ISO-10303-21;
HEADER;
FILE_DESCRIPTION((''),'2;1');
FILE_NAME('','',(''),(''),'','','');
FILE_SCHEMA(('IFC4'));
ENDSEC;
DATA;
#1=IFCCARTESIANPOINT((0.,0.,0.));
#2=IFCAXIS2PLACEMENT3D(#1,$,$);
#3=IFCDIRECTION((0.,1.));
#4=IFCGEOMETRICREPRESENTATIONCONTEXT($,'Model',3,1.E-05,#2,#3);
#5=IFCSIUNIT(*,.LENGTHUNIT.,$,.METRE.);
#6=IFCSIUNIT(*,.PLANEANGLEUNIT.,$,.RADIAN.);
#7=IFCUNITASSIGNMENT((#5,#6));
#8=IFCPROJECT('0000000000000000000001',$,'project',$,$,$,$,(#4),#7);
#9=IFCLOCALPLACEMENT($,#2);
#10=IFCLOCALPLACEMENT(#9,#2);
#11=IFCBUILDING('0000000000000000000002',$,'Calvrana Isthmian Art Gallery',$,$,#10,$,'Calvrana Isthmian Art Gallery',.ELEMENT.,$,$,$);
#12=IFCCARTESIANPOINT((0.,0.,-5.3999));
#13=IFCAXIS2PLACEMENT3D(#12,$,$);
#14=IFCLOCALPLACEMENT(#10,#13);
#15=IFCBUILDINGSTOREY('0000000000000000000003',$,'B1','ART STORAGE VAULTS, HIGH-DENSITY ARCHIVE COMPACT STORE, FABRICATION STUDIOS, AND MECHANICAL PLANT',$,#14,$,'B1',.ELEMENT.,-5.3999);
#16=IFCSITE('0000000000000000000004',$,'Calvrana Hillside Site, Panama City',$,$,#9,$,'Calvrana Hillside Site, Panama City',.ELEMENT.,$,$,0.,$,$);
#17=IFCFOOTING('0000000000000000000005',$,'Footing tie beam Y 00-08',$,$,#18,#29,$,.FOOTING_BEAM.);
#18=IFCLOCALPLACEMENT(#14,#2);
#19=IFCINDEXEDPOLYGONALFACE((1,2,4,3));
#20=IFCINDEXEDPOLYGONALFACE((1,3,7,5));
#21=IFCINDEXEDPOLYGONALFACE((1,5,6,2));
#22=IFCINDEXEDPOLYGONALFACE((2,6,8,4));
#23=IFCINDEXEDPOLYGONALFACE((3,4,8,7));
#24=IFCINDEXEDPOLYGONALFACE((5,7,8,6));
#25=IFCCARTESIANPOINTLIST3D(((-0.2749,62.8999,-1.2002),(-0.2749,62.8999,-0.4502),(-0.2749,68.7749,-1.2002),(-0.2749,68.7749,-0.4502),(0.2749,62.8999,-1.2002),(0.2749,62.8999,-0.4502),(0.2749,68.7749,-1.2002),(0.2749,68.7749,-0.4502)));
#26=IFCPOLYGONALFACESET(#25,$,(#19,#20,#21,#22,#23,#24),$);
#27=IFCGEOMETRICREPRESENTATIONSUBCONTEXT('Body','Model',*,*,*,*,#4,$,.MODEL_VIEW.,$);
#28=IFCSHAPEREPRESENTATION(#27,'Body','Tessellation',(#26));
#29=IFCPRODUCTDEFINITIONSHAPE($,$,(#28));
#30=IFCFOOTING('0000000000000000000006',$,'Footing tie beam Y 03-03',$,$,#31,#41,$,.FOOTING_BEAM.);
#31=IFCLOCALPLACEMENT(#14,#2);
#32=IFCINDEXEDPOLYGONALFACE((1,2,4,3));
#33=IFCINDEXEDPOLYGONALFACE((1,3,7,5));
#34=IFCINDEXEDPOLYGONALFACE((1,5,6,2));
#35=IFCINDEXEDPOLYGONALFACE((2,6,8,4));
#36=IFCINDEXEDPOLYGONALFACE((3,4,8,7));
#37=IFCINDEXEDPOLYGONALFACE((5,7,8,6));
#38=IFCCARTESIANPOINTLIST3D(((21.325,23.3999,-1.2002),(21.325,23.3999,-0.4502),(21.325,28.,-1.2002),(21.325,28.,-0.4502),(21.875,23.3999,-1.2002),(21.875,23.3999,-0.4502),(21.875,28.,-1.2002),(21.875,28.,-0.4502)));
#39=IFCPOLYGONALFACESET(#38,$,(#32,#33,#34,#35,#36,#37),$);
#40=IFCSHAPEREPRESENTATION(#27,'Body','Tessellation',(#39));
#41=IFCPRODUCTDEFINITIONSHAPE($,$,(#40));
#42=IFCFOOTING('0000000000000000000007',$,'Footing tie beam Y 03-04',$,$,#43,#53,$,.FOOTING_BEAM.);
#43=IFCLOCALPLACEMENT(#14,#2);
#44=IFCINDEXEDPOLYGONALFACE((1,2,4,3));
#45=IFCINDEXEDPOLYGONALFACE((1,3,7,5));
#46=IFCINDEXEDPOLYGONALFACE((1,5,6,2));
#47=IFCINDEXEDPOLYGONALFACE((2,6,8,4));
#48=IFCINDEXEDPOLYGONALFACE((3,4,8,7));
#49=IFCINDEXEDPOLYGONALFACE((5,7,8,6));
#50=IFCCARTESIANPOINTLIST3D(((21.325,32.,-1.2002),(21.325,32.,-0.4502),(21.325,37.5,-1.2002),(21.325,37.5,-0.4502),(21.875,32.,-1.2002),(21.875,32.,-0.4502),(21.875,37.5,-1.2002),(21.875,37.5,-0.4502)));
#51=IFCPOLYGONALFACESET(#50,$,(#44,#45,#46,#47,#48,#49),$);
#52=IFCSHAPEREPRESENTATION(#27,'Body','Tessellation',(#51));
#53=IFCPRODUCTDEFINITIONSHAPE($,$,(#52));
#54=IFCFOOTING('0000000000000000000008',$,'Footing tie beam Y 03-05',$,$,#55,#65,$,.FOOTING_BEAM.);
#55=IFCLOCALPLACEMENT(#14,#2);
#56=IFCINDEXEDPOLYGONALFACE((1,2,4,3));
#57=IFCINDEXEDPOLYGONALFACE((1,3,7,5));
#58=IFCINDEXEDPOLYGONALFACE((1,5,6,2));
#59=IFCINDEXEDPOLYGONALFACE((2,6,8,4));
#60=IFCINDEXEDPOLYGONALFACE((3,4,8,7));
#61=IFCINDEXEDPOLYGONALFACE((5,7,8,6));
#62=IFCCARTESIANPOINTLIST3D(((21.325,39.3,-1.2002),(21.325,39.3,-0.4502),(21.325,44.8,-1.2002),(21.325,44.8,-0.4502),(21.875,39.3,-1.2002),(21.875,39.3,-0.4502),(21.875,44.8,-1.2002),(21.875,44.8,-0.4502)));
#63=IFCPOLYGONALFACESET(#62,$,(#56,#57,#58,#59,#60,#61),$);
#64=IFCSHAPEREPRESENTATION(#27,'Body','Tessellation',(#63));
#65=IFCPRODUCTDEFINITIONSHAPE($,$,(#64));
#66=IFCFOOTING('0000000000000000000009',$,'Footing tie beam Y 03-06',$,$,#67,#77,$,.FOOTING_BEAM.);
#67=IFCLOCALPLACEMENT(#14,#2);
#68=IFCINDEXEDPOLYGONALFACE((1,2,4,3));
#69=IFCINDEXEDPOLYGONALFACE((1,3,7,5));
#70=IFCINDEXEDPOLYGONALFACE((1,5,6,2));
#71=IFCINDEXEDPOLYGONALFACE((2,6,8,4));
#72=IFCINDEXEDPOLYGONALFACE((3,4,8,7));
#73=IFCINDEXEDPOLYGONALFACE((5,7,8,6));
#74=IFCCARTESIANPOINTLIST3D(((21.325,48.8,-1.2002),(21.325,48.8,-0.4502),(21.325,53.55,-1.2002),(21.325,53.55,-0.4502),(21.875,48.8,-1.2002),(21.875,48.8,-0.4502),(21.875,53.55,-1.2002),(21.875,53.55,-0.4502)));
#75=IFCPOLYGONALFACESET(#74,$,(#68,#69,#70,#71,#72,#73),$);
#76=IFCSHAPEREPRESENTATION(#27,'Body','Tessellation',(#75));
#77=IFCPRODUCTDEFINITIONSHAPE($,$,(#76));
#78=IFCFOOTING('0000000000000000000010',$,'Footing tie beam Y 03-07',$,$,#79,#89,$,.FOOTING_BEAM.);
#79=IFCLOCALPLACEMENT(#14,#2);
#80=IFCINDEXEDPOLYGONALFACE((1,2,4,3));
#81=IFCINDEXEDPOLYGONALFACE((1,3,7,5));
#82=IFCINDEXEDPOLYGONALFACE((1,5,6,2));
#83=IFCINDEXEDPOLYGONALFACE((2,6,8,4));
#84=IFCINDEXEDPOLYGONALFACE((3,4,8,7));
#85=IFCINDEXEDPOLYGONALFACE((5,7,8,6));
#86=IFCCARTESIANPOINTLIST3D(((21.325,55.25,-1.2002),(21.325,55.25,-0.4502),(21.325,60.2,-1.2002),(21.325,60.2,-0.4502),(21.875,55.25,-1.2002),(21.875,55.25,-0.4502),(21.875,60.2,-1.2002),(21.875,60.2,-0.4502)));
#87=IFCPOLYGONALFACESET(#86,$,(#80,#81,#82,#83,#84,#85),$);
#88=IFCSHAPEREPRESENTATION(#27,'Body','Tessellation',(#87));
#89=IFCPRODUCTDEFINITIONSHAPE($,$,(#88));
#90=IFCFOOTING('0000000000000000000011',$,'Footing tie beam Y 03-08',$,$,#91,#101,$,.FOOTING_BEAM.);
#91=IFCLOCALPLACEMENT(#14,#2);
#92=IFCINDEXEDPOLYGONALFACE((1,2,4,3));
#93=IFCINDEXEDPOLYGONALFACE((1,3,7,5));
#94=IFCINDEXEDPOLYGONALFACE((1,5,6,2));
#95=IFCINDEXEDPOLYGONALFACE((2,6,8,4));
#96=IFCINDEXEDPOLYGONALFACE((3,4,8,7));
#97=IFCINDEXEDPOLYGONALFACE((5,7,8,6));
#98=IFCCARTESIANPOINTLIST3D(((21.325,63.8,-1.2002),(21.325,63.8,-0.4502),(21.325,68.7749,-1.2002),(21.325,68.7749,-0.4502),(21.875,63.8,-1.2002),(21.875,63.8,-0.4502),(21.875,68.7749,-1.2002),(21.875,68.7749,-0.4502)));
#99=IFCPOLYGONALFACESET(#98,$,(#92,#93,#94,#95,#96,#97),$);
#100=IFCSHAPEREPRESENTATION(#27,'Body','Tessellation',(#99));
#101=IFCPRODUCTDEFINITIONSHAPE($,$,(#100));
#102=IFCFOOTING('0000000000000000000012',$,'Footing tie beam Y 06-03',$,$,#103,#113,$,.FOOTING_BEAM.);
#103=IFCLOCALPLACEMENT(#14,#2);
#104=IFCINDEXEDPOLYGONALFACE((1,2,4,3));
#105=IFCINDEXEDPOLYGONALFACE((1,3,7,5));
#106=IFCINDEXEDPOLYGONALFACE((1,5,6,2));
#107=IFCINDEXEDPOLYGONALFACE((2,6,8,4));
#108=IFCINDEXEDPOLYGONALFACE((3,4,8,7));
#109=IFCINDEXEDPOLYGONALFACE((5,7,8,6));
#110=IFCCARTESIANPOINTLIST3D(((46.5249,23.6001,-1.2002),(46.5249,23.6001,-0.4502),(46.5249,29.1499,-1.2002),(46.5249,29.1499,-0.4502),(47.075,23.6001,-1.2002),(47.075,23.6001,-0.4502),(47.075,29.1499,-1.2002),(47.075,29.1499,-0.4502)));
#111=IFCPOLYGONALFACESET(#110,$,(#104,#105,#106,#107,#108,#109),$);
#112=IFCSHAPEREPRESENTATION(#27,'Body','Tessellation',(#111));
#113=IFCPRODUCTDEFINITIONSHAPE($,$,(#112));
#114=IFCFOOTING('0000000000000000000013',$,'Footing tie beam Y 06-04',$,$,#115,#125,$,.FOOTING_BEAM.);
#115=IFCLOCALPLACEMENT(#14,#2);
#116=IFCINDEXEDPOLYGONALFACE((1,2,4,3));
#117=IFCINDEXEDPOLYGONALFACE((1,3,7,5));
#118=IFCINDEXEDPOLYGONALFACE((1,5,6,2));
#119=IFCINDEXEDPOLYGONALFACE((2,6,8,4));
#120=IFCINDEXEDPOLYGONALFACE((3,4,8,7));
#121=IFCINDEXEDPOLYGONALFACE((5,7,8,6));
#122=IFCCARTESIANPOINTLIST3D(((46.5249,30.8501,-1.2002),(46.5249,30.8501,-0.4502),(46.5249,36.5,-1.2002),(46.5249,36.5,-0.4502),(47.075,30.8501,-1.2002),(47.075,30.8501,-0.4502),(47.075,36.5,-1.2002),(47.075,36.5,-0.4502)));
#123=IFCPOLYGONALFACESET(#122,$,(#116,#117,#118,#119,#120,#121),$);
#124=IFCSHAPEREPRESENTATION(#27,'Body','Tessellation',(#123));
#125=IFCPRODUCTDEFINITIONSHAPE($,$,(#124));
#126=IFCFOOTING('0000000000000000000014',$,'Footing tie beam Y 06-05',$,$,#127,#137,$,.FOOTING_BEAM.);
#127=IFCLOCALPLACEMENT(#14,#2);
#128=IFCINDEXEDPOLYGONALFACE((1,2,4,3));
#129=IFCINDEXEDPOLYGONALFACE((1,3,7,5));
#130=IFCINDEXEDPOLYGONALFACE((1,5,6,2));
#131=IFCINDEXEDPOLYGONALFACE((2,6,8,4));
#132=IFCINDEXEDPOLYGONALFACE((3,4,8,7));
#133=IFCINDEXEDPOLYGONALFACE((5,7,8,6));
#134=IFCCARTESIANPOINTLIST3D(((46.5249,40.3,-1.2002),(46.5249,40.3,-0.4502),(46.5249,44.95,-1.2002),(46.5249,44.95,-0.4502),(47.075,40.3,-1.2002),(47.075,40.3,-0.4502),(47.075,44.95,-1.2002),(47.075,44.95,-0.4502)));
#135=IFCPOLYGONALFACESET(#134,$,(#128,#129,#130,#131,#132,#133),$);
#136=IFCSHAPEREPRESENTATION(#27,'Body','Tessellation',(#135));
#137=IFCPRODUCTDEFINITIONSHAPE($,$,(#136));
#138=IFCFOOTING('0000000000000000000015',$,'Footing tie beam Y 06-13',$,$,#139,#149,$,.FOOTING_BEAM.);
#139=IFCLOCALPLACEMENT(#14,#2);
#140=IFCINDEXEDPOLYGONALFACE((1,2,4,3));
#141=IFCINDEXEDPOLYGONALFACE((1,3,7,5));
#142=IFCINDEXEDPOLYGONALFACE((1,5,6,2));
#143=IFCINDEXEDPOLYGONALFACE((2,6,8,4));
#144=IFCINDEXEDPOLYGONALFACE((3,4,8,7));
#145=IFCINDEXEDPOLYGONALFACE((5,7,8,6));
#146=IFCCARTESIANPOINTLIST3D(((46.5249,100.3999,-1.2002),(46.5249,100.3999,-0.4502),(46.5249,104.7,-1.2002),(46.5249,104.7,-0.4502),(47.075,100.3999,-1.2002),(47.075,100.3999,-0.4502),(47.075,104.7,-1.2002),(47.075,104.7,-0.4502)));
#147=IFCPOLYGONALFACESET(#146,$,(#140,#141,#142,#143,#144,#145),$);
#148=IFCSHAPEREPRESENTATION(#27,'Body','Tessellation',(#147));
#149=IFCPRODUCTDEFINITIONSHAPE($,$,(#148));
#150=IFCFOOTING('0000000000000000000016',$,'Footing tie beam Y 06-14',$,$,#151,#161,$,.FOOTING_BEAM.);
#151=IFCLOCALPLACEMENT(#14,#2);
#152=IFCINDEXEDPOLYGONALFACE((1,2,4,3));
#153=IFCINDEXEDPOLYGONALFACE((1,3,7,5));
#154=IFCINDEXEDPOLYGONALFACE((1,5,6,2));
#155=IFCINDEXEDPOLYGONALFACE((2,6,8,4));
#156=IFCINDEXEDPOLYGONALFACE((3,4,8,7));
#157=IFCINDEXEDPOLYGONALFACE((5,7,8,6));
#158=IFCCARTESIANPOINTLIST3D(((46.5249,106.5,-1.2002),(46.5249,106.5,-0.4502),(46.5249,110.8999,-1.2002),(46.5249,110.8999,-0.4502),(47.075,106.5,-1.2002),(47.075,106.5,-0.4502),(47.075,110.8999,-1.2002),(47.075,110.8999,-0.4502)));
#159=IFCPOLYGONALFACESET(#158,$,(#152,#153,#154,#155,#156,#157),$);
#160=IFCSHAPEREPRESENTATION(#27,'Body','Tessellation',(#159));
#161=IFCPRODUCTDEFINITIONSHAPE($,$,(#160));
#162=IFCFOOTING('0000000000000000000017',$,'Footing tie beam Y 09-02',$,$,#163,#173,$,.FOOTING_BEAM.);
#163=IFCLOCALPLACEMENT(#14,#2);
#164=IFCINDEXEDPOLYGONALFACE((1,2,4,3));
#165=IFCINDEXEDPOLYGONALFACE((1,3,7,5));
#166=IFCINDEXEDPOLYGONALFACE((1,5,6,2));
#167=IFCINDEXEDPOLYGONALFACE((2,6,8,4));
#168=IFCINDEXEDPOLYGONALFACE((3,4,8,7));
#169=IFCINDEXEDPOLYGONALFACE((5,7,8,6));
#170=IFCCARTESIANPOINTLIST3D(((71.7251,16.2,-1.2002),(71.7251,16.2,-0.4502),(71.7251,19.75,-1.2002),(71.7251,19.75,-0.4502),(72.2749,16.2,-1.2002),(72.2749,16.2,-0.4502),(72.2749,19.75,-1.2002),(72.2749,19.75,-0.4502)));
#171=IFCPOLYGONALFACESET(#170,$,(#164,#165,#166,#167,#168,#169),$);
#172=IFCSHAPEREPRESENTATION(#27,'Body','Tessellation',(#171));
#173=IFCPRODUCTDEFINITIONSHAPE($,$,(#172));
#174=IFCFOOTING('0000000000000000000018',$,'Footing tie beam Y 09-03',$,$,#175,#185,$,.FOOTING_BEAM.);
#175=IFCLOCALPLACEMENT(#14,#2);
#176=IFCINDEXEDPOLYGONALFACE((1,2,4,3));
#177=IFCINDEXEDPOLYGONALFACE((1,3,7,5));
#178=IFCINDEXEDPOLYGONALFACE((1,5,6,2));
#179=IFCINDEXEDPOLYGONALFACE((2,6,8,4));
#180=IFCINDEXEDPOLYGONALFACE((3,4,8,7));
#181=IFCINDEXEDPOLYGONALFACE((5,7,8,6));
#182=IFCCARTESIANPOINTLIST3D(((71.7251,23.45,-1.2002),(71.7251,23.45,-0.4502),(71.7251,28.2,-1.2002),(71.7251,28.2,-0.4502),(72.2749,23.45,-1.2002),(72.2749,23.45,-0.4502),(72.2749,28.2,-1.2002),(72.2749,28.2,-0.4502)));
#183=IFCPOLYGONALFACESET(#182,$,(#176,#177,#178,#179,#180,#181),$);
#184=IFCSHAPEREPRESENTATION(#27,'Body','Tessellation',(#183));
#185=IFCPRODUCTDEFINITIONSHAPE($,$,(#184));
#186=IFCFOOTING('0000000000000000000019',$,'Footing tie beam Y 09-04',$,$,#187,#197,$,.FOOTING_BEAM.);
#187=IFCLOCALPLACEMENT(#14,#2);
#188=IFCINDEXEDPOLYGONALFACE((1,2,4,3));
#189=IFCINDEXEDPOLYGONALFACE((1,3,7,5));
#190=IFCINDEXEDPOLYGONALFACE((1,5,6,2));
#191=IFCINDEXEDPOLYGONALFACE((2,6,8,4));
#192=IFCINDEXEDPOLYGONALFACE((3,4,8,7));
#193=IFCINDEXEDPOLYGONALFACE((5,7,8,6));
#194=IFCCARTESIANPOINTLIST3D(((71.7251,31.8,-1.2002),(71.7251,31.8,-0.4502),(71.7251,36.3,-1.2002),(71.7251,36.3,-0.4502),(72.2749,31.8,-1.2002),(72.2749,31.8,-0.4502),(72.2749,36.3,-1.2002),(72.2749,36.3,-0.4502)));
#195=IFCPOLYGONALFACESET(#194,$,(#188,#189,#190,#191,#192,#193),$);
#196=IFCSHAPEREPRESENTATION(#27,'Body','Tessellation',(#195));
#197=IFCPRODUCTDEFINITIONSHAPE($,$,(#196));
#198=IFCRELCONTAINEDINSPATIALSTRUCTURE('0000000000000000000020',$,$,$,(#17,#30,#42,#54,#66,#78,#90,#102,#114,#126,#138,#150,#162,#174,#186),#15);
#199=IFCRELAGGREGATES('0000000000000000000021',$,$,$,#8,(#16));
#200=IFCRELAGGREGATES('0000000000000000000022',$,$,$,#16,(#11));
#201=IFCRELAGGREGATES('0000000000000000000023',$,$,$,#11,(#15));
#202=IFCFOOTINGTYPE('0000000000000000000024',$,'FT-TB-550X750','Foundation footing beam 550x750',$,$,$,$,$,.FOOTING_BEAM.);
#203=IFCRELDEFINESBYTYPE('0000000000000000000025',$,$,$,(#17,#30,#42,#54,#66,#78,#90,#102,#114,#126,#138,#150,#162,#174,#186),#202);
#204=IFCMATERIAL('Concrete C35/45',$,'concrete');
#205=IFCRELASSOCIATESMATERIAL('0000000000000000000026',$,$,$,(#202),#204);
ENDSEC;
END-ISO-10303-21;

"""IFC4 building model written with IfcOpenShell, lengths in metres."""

from ifc_helpers import new_model, si_unit, direction, frame, origin, place, context, subcontext, project, spatial, polyline, outline, extrude, material, type_object, element, save


model = new_model("IFC4")

# Units and contexts
model_context = context("Model", 3, precision=1e-05, world=origin(), true_north=direction((0.0, 1.0)))
body_context = subcontext(model_context, "Body", "Model", "MODEL_VIEW")
ifc_project = project(units=[si_unit("LENGTHUNIT", "METRE"), si_unit("PLANEANGLEUNIT", "RADIAN")], contexts=[model_context])

# Site, building, storey
site_placement = place(None, origin())
site = spatial("IfcSite", under=ifc_project, at=site_placement, Name="Calvrana Hillside Site, Panama City", LongName="Calvrana Hillside Site, Panama City", CompositionType="ELEMENT", RefElevation=0.0)
building_placement = place(site_placement, origin())
building = spatial("IfcBuilding", under=site, at=building_placement, Name="Calvrana Isthmian Art Gallery", LongName="Calvrana Isthmian Art Gallery", CompositionType="ELEMENT")
storey_placement = place(building_placement, frame((0.0, 0.0, -5.3999)))
storey = spatial("IfcBuildingStorey", under=building, at=storey_placement, Name="B1", Description="ART STORAGE VAULTS, HIGH-DENSITY ARCHIVE COMPACT STORE, FABRICATION STUDIOS, AND MECHANICAL PLANT", LongName="B1", CompositionType="ELEMENT", Elevation=-5.3999)

# Footings
ifc_material = material(Name="Concrete C35/45", Category="concrete")
footing_type = type_object("IfcFootingType", Name="FT-TB-550X750", Description="Foundation footing beam 550x750", PredefinedType="FOOTING_BEAM", material=ifc_material)
footing_1_placement = place(storey_placement, frame((0.0, 0.0, -1.2002)))
element("IfcFooting", 1, at=footing_1_placement, inside=storey, type_object=footing_type, Name="Footing tie beam Y 00-08", PredefinedType="FOOTING_BEAM", context=body_context, shape_type="SweptSolid", body=[
    extrude(outline(polyline([(-0.2749, 62.8999), (0.2749, 62.8999), (0.2749, 68.7749), (-0.2749, 68.7749), (-0.2749, 62.8999)])), origin(), (0.0, 0.0, 1.0), 0.75),
])
footing_2_placement = place(storey_placement, frame((0.0, 0.0, -1.2002)))
element("IfcFooting", 2, at=footing_2_placement, inside=storey, type_object=footing_type, Name="Footing tie beam Y 03-03", PredefinedType="FOOTING_BEAM", context=body_context, shape_type="SweptSolid", body=[
    extrude(outline(polyline([(21.325, 23.3999), (21.875, 23.3999), (21.875, 28.0), (21.325, 28.0), (21.325, 23.3999)])), origin(), (0.0, 0.0, 1.0), 0.75),
])
footing_3_placement = place(storey_placement, frame((0.0, 0.0, -1.2002)))
element("IfcFooting", 3, at=footing_3_placement, inside=storey, type_object=footing_type, Name="Footing tie beam Y 03-04", PredefinedType="FOOTING_BEAM", context=body_context, shape_type="SweptSolid", body=[
    extrude(outline(polyline([(21.325, 32.0), (21.875, 32.0), (21.875, 37.5), (21.325, 37.5), (21.325, 32.0)])), origin(), (0.0, 0.0, 1.0), 0.75),
])
footing_4_placement = place(storey_placement, frame((0.0, 0.0, -1.2002)))
element("IfcFooting", 4, at=footing_4_placement, inside=storey, type_object=footing_type, Name="Footing tie beam Y 03-05", PredefinedType="FOOTING_BEAM", context=body_context, shape_type="SweptSolid", body=[
    extrude(outline(polyline([(21.325, 39.3), (21.875, 39.3), (21.875, 44.8), (21.325, 44.8), (21.325, 39.3)])), origin(), (0.0, 0.0, 1.0), 0.75),
])
footing_5_placement = place(storey_placement, frame((0.0, 0.0, -1.2002)))
element("IfcFooting", 5, at=footing_5_placement, inside=storey, type_object=footing_type, Name="Footing tie beam Y 03-06", PredefinedType="FOOTING_BEAM", context=body_context, shape_type="SweptSolid", body=[
    extrude(outline(polyline([(21.325, 48.8), (21.875, 48.8), (21.875, 53.55), (21.325, 53.55), (21.325, 48.8)])), origin(), (0.0, 0.0, 1.0), 0.75),
])
footing_6_placement = place(storey_placement, frame((0.0, 0.0, -1.2002)))
element("IfcFooting", 6, at=footing_6_placement, inside=storey, type_object=footing_type, Name="Footing tie beam Y 03-07", PredefinedType="FOOTING_BEAM", context=body_context, shape_type="SweptSolid", body=[
    extrude(outline(polyline([(21.325, 55.25), (21.875, 55.25), (21.875, 60.2), (21.325, 60.2), (21.325, 55.25)])), origin(), (0.0, 0.0, 1.0), 0.75),
])
footing_7_placement = place(storey_placement, frame((0.0, 0.0, -1.2002)))
element("IfcFooting", 7, at=footing_7_placement, inside=storey, type_object=footing_type, Name="Footing tie beam Y 03-08", PredefinedType="FOOTING_BEAM", context=body_context, shape_type="SweptSolid", body=[
    extrude(outline(polyline([(21.325, 63.8), (21.875, 63.8), (21.875, 68.7749), (21.325, 68.7749), (21.325, 63.8)])), origin(), (0.0, 0.0, 1.0), 0.75),
])
footing_8_placement = place(storey_placement, frame((0.0, 0.0, -1.2002)))
element("IfcFooting", 8, at=footing_8_placement, inside=storey, type_object=footing_type, Name="Footing tie beam Y 06-03", PredefinedType="FOOTING_BEAM", context=body_context, shape_type="SweptSolid", body=[
    extrude(outline(polyline([(46.5249, 23.6001), (47.075, 23.6001), (47.075, 29.1499), (46.5249, 29.1499), (46.5249, 23.6001)])), origin(), (0.0, 0.0, 1.0), 0.75),
])
footing_9_placement = place(storey_placement, frame((0.0, 0.0, -1.2002)))
element("IfcFooting", 9, at=footing_9_placement, inside=storey, type_object=footing_type, Name="Footing tie beam Y 06-04", PredefinedType="FOOTING_BEAM", context=body_context, shape_type="SweptSolid", body=[
    extrude(outline(polyline([(46.5249, 30.8501), (47.075, 30.8501), (47.075, 36.5), (46.5249, 36.5), (46.5249, 30.8501)])), origin(), (0.0, 0.0, 1.0), 0.75),
])
footing_10_placement = place(storey_placement, frame((0.0, 0.0, -1.2002)))
element("IfcFooting", 10, at=footing_10_placement, inside=storey, type_object=footing_type, Name="Footing tie beam Y 06-05", PredefinedType="FOOTING_BEAM", context=body_context, shape_type="SweptSolid", body=[
    extrude(outline(polyline([(46.5249, 40.3), (47.075, 40.3), (47.075, 44.95), (46.5249, 44.95), (46.5249, 40.3)])), origin(), (0.0, 0.0, 1.0), 0.75),
])
footing_11_placement = place(storey_placement, frame((0.0, 0.0, -1.2002)))
element("IfcFooting", 11, at=footing_11_placement, inside=storey, type_object=footing_type, Name="Footing tie beam Y 06-13", PredefinedType="FOOTING_BEAM", context=body_context, shape_type="SweptSolid", body=[
    extrude(outline(polyline([(46.5249, 100.3999), (47.075, 100.3999), (47.075, 104.7), (46.5249, 104.7), (46.5249, 100.3999)])), origin(), (0.0, 0.0, 1.0), 0.75),
])
footing_12_placement = place(storey_placement, frame((0.0, 0.0, -1.2002)))
element("IfcFooting", 12, at=footing_12_placement, inside=storey, type_object=footing_type, Name="Footing tie beam Y 06-14", PredefinedType="FOOTING_BEAM", context=body_context, shape_type="SweptSolid", body=[
    extrude(outline(polyline([(46.5249, 106.5), (47.075, 106.5), (47.075, 110.8999), (46.5249, 110.8999), (46.5249, 106.5)])), origin(), (0.0, 0.0, 1.0), 0.75),
])
footing_13_placement = place(storey_placement, frame((0.0, 0.0, -1.2002)))
element("IfcFooting", 13, at=footing_13_placement, inside=storey, type_object=footing_type, Name="Footing tie beam Y 09-02", PredefinedType="FOOTING_BEAM", context=body_context, shape_type="SweptSolid", body=[
    extrude(outline(polyline([(71.7251, 16.2), (72.2749, 16.2), (72.2749, 19.75), (71.7251, 19.75), (71.7251, 16.2)])), origin(), (0.0, 0.0, 1.0), 0.75),
])
footing_14_placement = place(storey_placement, frame((0.0, 0.0, -1.2002)))
element("IfcFooting", 14, at=footing_14_placement, inside=storey, type_object=footing_type, Name="Footing tie beam Y 09-03", PredefinedType="FOOTING_BEAM", context=body_context, shape_type="SweptSolid", body=[
    extrude(outline(polyline([(71.7251, 23.45), (72.2749, 23.45), (72.2749, 28.2), (71.7251, 28.2), (71.7251, 23.45)])), origin(), (0.0, 0.0, 1.0), 0.75),
])
footing_15_placement = place(storey_placement, frame((0.0, 0.0, -1.2002)))
element("IfcFooting", 15, at=footing_15_placement, inside=storey, type_object=footing_type, Name="Footing tie beam Y 09-04", PredefinedType="FOOTING_BEAM", context=body_context, shape_type="SweptSolid", body=[
    extrude(outline(polyline([(71.7251, 31.8), (72.2749, 31.8), (72.2749, 36.3), (71.7251, 36.3), (71.7251, 31.8)])), origin(), (0.0, 0.0, 1.0), 0.75),
])

save(model, "model.ifc")
